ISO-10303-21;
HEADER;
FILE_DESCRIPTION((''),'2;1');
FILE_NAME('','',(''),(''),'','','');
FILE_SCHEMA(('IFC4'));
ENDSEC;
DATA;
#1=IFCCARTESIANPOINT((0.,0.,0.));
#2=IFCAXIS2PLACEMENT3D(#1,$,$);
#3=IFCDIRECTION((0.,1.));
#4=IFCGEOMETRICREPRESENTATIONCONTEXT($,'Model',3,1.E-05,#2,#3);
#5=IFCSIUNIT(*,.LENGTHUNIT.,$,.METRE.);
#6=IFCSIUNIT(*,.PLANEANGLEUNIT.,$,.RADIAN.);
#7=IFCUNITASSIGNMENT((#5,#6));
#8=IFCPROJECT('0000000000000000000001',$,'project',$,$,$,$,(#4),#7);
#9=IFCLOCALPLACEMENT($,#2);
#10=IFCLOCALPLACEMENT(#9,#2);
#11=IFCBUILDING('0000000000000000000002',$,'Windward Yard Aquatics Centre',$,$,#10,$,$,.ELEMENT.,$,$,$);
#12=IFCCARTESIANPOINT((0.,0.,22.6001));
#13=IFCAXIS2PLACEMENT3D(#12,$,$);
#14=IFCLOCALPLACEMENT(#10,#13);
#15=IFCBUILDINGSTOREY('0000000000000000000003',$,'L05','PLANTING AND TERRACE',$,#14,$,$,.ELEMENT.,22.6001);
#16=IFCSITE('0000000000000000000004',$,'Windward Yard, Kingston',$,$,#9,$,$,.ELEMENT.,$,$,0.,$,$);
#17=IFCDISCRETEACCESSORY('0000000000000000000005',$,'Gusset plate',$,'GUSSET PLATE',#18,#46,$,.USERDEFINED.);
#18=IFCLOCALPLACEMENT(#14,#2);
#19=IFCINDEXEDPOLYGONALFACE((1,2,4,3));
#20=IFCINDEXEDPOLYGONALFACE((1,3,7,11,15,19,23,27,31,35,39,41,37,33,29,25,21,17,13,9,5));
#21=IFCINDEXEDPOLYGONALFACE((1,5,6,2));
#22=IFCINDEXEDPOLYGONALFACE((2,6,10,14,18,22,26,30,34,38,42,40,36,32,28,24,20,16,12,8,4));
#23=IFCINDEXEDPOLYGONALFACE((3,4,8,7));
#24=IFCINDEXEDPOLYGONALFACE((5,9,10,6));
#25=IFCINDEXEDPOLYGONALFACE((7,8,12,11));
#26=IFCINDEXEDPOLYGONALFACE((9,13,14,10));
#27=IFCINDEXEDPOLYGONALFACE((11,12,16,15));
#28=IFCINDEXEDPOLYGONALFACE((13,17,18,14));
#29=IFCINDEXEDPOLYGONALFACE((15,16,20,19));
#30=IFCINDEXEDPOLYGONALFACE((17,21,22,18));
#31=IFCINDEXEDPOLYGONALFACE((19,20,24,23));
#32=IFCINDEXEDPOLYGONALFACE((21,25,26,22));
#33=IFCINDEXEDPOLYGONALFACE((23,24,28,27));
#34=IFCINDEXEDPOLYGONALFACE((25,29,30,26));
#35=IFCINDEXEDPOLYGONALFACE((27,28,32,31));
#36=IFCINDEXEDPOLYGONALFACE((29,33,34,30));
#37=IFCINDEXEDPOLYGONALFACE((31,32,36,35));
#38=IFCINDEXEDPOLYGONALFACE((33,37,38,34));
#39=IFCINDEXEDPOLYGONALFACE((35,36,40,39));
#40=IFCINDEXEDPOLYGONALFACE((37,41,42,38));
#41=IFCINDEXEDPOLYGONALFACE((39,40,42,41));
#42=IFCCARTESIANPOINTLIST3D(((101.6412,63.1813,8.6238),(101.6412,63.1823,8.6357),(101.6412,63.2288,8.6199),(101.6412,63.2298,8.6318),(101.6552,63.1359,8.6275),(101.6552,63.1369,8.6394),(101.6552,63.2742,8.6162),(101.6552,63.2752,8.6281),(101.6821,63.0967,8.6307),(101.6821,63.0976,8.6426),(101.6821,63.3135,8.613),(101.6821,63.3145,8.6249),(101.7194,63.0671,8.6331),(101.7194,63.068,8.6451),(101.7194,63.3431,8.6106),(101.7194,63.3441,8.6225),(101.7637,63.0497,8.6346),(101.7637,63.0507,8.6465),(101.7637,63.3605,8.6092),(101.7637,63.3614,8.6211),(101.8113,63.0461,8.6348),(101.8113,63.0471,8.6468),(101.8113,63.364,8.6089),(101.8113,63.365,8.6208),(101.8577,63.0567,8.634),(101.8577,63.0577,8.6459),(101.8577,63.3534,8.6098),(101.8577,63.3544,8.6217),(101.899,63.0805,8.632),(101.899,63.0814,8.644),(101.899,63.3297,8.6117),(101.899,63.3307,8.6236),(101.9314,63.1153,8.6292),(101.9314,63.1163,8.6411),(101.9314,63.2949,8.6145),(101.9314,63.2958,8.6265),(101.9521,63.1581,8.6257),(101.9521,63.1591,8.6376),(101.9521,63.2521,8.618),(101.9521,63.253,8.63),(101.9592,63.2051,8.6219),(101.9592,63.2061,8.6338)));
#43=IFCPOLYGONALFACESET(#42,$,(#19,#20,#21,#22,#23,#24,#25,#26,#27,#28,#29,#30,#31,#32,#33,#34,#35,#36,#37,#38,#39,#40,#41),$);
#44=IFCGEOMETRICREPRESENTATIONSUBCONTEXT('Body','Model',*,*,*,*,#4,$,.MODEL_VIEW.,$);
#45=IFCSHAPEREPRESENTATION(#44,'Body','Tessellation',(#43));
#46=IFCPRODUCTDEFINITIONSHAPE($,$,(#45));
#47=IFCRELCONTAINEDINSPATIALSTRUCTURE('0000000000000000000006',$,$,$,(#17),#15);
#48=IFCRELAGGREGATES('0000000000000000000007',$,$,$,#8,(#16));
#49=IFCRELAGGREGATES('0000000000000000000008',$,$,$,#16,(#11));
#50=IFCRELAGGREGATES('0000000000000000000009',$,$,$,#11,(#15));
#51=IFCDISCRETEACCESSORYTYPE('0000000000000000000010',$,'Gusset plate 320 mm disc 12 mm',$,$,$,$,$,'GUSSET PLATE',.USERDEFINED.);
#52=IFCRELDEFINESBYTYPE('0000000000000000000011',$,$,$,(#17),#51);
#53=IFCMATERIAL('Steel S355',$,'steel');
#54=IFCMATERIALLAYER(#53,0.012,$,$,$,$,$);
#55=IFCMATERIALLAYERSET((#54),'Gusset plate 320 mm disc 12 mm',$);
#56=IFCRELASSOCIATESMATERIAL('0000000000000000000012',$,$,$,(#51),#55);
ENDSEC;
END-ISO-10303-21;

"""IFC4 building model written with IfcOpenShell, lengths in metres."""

from ifc_helpers import new_model, si_unit, direction, frame, origin, origin_2d, place, context, subcontext, project, spatial, circle, extrude, material, layer, layer_set, type_object, element, save


model = new_model("IFC4")

# Units and contexts
model_context = context("Model", 3, precision=1e-05, world=origin(), true_north=direction((0.0, 1.0)))
body_context = subcontext(model_context, "Body", "Model", "MODEL_VIEW")
ifc_project = project(units=[si_unit("LENGTHUNIT", "METRE"), si_unit("PLANEANGLEUNIT", "RADIAN")], contexts=[model_context])

# Site, building, storey
site_placement = place(None, origin())
site = spatial("IfcSite", under=ifc_project, at=site_placement, Name="Windward Yard, Kingston", CompositionType="ELEMENT", RefElevation=0.0)
building_placement = place(site_placement, origin())
building = spatial("IfcBuilding", under=site, at=building_placement, Name="Windward Yard Aquatics Centre", CompositionType="ELEMENT")
storey_placement = place(building_placement, frame((0.0, 0.0, 22.6001)))
storey = spatial("IfcBuildingStorey", under=building, at=storey_placement, Name="L05", Description="PLANTING AND TERRACE", CompositionType="ELEMENT", Elevation=22.6001)

# Discrete accessory
ifc_material_1 = material(Name="Steel S355", Category="steel")
ifc_layer_1 = layer(ifc_material_1, 0.012)
ifc_layer_set_1 = layer_set([ifc_layer_1], Name="Gusset plate 320 mm disc 12 mm")
discrete_accessory_type_1 = type_object("IfcDiscreteAccessoryType", Name="Gusset plate 320 mm disc 12 mm", ElementType="GUSSET PLATE", PredefinedType="USERDEFINED", material=ifc_layer_set_1)
discrete_accessory_placement = place(storey_placement, frame((101.7993, 63.2061, 8.6338), z_axis=(0.0, -0.081362, -0.996685), x_axis=(1.0, 0.0, 0.0)))
element("IfcDiscreteAccessory", 1, at=discrete_accessory_placement, inside=storey, type_object=discrete_accessory_type_1, Name="Gusset plate", ObjectType="GUSSET PLATE", PredefinedType="USERDEFINED", context=body_context, shape_type="SweptSolid", body=[
    extrude(circle(Radius=0.1599, at=origin_2d()), origin(), (0.0, 0.0, 1.0), 0.012),
])

save(model, "model.ifc")
